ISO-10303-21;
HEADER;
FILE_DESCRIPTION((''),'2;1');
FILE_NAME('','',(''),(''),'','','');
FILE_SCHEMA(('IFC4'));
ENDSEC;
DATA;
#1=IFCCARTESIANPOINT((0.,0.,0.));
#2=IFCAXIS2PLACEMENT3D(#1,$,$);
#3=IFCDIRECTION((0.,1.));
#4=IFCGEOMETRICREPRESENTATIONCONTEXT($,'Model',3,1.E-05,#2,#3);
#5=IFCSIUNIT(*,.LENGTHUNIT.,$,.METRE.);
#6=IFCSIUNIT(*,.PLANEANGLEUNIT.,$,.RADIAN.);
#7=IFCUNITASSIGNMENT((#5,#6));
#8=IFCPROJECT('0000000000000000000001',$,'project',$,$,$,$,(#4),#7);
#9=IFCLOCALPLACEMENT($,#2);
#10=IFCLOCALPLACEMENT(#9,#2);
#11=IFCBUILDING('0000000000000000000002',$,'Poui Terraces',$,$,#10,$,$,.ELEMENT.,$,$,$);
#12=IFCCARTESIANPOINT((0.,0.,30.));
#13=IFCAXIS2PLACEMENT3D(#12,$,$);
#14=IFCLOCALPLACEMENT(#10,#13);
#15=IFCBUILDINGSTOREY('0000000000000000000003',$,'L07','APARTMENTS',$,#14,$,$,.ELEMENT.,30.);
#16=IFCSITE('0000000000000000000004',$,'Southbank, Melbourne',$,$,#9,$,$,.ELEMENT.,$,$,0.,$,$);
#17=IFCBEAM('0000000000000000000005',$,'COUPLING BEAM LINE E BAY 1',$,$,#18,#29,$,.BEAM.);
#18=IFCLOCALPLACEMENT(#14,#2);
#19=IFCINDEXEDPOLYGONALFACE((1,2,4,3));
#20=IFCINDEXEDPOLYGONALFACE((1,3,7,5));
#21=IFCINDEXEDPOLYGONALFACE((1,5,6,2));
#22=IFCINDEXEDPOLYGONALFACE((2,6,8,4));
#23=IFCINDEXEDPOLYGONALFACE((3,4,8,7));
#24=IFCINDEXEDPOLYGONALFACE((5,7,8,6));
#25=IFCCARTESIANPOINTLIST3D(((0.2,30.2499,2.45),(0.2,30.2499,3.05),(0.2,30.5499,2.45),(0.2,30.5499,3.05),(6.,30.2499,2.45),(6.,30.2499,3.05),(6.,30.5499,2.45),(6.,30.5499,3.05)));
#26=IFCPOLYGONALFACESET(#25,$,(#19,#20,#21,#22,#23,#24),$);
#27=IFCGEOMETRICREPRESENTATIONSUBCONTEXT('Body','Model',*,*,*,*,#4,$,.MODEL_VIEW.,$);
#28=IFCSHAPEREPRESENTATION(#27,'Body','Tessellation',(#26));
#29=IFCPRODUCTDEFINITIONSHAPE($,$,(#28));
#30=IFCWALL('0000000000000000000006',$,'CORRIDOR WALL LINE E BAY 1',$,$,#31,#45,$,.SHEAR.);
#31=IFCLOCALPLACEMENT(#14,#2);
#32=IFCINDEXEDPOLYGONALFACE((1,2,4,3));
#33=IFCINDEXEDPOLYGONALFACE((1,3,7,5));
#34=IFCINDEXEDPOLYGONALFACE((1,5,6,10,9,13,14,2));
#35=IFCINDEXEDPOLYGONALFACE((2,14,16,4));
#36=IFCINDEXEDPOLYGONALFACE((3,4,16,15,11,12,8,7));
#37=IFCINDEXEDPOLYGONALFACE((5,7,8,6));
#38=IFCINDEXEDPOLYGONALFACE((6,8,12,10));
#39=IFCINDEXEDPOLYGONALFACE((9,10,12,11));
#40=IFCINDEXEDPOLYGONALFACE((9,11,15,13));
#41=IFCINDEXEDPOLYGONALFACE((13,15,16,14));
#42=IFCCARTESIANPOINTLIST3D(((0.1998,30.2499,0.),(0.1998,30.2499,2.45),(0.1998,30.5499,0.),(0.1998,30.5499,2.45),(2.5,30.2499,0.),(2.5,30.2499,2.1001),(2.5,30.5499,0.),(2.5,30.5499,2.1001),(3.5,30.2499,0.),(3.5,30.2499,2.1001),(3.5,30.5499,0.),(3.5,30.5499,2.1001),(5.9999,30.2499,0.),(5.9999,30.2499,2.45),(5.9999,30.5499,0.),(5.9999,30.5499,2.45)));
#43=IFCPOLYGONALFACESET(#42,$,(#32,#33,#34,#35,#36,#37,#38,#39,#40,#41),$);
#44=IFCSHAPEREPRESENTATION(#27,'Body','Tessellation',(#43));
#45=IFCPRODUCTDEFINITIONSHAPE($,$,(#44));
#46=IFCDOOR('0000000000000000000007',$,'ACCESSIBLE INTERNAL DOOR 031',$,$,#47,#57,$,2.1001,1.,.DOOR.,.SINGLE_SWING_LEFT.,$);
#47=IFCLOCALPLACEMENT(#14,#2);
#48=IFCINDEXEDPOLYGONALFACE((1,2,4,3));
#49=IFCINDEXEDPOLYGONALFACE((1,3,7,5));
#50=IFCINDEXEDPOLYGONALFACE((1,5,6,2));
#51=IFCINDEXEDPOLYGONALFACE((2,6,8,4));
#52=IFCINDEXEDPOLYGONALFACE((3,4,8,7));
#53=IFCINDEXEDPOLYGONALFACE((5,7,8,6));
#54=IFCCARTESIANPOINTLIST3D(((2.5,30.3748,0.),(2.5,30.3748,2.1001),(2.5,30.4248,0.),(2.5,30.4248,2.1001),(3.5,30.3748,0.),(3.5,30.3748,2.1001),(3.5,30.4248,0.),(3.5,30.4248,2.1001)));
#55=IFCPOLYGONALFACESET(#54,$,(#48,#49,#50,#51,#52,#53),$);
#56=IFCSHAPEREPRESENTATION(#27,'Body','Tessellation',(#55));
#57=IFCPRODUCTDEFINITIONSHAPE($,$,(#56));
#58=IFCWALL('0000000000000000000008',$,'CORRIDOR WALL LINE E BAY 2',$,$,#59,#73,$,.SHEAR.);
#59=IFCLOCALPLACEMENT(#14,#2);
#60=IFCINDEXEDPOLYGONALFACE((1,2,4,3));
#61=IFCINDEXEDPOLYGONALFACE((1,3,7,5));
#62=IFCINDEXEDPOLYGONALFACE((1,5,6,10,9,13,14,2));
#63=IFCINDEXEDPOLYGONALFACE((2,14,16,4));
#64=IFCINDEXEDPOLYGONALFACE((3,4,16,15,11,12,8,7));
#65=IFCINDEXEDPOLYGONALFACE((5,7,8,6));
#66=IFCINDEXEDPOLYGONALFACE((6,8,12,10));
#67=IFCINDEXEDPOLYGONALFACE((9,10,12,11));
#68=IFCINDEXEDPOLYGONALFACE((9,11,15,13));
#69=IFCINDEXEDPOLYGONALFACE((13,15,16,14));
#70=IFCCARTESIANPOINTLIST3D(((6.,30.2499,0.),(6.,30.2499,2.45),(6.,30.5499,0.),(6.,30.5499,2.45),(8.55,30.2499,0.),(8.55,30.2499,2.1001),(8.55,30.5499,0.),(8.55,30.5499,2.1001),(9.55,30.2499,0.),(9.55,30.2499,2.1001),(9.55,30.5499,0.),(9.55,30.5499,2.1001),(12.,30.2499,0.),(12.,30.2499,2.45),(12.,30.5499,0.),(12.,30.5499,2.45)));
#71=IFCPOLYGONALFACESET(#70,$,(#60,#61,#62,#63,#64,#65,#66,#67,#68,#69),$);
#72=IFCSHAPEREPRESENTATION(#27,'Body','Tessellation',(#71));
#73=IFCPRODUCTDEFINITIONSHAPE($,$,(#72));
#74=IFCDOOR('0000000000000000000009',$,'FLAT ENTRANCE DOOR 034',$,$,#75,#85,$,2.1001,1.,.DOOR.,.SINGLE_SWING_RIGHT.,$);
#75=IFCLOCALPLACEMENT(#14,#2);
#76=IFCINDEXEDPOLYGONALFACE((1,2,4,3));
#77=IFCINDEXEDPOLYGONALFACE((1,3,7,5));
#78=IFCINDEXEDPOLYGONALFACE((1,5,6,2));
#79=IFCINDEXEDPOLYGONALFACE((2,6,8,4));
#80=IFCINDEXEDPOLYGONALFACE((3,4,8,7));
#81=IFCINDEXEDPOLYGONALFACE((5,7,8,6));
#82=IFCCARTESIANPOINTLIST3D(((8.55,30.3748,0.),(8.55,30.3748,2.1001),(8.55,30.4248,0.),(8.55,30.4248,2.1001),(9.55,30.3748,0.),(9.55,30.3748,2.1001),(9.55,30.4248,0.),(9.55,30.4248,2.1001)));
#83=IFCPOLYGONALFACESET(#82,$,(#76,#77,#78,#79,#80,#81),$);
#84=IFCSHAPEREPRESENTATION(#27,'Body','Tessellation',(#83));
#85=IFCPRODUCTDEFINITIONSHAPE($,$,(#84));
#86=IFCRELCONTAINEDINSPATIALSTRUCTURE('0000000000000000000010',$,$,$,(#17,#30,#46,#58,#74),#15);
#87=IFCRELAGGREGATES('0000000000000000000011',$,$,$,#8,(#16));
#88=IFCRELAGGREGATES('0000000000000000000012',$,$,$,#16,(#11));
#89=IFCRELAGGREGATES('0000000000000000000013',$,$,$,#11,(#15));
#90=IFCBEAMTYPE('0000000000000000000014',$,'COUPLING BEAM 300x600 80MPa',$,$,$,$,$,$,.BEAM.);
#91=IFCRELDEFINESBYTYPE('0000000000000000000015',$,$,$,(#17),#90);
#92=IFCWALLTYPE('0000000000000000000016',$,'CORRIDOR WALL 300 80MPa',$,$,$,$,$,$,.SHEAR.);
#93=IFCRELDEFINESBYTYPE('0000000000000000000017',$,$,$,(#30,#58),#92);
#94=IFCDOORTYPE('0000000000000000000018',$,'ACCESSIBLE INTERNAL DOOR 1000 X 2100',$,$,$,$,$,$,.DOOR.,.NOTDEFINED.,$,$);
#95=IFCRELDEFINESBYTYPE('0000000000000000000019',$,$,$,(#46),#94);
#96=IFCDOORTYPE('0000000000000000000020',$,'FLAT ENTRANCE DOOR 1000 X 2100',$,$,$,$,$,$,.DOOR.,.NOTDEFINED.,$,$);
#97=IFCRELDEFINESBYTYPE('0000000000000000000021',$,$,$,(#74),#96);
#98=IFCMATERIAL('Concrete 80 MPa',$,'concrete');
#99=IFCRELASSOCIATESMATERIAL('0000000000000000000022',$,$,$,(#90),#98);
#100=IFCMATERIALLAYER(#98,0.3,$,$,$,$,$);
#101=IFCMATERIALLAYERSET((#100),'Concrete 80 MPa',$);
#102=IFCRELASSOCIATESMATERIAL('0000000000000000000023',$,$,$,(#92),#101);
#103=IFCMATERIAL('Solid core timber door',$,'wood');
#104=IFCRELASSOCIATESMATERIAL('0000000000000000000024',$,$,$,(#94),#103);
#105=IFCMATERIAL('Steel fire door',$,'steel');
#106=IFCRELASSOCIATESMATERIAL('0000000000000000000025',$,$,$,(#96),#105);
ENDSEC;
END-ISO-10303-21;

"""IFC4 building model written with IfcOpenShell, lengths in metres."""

from ifc_helpers import new_model, si_unit, direction, frame, frame_2d, origin, origin_2d, place, context, subcontext, project, spatial, rectangle, extrude, source, transform, mapped, material, layer, layer_set, material_profile, profile_set, type_object, element, fill, save


model = new_model("IFC4")

# Units and contexts
model_context = context("Model", 3, precision=1e-05, world=origin(), true_north=direction((0.0, 1.0)))
body_context = subcontext(model_context, "Body", "Model", "MODEL_VIEW")
ifc_project = project(units=[si_unit("LENGTHUNIT", "METRE"), si_unit("PLANEANGLEUNIT", "RADIAN")], contexts=[model_context])

# Site, building, storey
site_placement = place(None, origin())
site = spatial("IfcSite", under=ifc_project, at=site_placement, Name="Southbank, Melbourne", CompositionType="ELEMENT", RefElevation=0.0)
building_placement = place(site_placement, origin())
building = spatial("IfcBuilding", under=site, at=building_placement, Name="Poui Terraces", CompositionType="ELEMENT")
storey_placement = place(building_placement, frame((0.0, 0.0, 30.0)))
storey = spatial("IfcBuildingStorey", under=building, at=storey_placement, Name="L07", Description="APARTMENTS", CompositionType="ELEMENT", Elevation=30.0)

# Beam
ifc_material_1 = material(Name="Concrete 80 MPa", Category="concrete")
ifc_material_profile = material_profile(ifc_material_1, rectangle(XDim=0.3, YDim=0.6001, at=origin_2d()), Name="RC 300x600")
ifc_profile_set = profile_set([ifc_material_profile], Name="Concrete 80 MPa")
beam_type = type_object("IfcBeamType", Name="COUPLING BEAM 300x600 80MPa", PredefinedType="BEAM", material=ifc_profile_set)
shared_shape = source(origin(), body_context, "Body", "SweptSolid", [
    extrude(rectangle(XDim=0.3, YDim=0.6001, at=origin_2d()), origin(), (0.0, 0.0, 1.0), 5.8),
])
beam_placement = place(storey_placement, frame((0.2, 30.3999, 2.75), z_axis=(1.0, 0.0, 0.0), x_axis=(0.0, 1.0, 0.0)))
element("IfcBeam", 1, at=beam_placement, inside=storey, type_object=beam_type, Name="COUPLING BEAM LINE E BAY 1", PredefinedType="BEAM", context=body_context, shape_type="MappedRepresentation", body=[
    mapped(shared_shape, transform((0.0, 0.0, 0.0))),
])

# Walls, openings, doors
ifc_layer = layer(ifc_material_1, 0.3)
ifc_layer_set = layer_set([ifc_layer], Name="Concrete 80 MPa")
wall_type = type_object("IfcWallType", Name="CORRIDOR WALL 300 80MPa", PredefinedType="SHEAR", material=ifc_layer_set)
wall_1_placement = place(storey_placement, frame((0.2, 30.3999, 0.0), z_axis=(0.0, 0.0, 1.0), x_axis=(1.0, 0.0, 0.0)))
wall_1 = element("IfcWall", 2, at=wall_1_placement, inside=storey, type_object=wall_type, Name="CORRIDOR WALL LINE E BAY 1", PredefinedType="SHEAR", context=body_context, shape_type="SweptSolid", body=[
    extrude(rectangle(XDim=5.8, YDim=0.3, at=frame_2d((2.8999, 0.0))), origin(), (0.0, 0.0, 1.0), 2.45),
])
opening_1_placement = place(wall_1_placement, frame((2.3, 0.0, 0.0)))
opening_1 = element("IfcOpeningElement", 3, at=opening_1_placement, cuts=wall_1, PredefinedType="OPENING", context=body_context, shape_type="SweptSolid", body=[
    extrude(rectangle(XDim=1.0, YDim=2.1001, at=frame_2d((0.5, 1.05))), frame((0.0, 0.1602, 0.0), z_axis=(0.0, -1.0, 0.0), x_axis=(1.0, 0.0, 0.0)), (0.0, 0.0, 1.0), 0.3201),
])
ifc_material_2 = material(Name="Solid core timber door", Category="wood")
door_type_1 = type_object("IfcDoorType", Name="ACCESSIBLE INTERNAL DOOR 1000 X 2100", OperationType="NOTDEFINED", PredefinedType="DOOR", material=ifc_material_2)
door_1_placement = place(opening_1_placement, origin())
door_1 = element("IfcDoor", 4, at=door_1_placement, inside=storey, type_object=door_type_1, Name="ACCESSIBLE INTERNAL DOOR 031", OperationType="SINGLE_SWING_LEFT", OverallHeight=2.1001, OverallWidth=1.0, PredefinedType="DOOR", context=body_context, shape_type="SweptSolid", body=[
    extrude(rectangle(XDim=1.0, YDim=2.1001, at=frame_2d((0.5, 1.05))), frame((0.0, 0.0249, 0.0), z_axis=(0.0, -1.0, 0.0), x_axis=(1.0, 0.0, 0.0)), (0.0, 0.0, 1.0), 0.05),
])
fill(opening_1, door_1)
wall_2_placement = place(storey_placement, frame((6.0, 30.3999, 0.0), z_axis=(0.0, 0.0, 1.0), x_axis=(1.0, 0.0, 0.0)))
wall_2 = element("IfcWall", 5, at=wall_2_placement, inside=storey, type_object=wall_type, Name="CORRIDOR WALL LINE E BAY 2", PredefinedType="SHEAR", context=body_context, shape_type="SweptSolid", body=[
    extrude(rectangle(XDim=6.0, YDim=0.3, at=frame_2d((3.0, 0.0))), origin(), (0.0, 0.0, 1.0), 2.45),
])
opening_2_placement = place(wall_2_placement, frame((2.55, 0.0, 0.0)))
opening_2 = element("IfcOpeningElement", 6, at=opening_2_placement, cuts=wall_2, PredefinedType="OPENING", context=body_context, shape_type="SweptSolid", body=[
    extrude(rectangle(XDim=1.0, YDim=2.1001, at=frame_2d((0.5, 1.05))), frame((0.0, 0.1602, 0.0), z_axis=(0.0, -1.0, 0.0), x_axis=(1.0, 0.0, 0.0)), (0.0, 0.0, 1.0), 0.3201),
])
ifc_material_3 = material(Name="Steel fire door", Category="steel")
door_type_2 = type_object("IfcDoorType", Name="FLAT ENTRANCE DOOR 1000 X 2100", OperationType="NOTDEFINED", PredefinedType="DOOR", material=ifc_material_3)
door_2_placement = place(opening_2_placement, origin())
door_2 = element("IfcDoor", 7, at=door_2_placement, inside=storey, type_object=door_type_2, Name="FLAT ENTRANCE DOOR 034", OperationType="SINGLE_SWING_RIGHT", OverallHeight=2.1001, OverallWidth=1.0, PredefinedType="DOOR", context=body_context, shape_type="SweptSolid", body=[
    extrude(rectangle(XDim=1.0, YDim=2.1001, at=frame_2d((0.5, 1.05))), frame((0.0, 0.0249, 0.0), z_axis=(0.0, -1.0, 0.0), x_axis=(1.0, 0.0, 0.0)), (0.0, 0.0, 1.0), 0.05),
])
fill(opening_2, door_2)

save(model, "model.ifc")
